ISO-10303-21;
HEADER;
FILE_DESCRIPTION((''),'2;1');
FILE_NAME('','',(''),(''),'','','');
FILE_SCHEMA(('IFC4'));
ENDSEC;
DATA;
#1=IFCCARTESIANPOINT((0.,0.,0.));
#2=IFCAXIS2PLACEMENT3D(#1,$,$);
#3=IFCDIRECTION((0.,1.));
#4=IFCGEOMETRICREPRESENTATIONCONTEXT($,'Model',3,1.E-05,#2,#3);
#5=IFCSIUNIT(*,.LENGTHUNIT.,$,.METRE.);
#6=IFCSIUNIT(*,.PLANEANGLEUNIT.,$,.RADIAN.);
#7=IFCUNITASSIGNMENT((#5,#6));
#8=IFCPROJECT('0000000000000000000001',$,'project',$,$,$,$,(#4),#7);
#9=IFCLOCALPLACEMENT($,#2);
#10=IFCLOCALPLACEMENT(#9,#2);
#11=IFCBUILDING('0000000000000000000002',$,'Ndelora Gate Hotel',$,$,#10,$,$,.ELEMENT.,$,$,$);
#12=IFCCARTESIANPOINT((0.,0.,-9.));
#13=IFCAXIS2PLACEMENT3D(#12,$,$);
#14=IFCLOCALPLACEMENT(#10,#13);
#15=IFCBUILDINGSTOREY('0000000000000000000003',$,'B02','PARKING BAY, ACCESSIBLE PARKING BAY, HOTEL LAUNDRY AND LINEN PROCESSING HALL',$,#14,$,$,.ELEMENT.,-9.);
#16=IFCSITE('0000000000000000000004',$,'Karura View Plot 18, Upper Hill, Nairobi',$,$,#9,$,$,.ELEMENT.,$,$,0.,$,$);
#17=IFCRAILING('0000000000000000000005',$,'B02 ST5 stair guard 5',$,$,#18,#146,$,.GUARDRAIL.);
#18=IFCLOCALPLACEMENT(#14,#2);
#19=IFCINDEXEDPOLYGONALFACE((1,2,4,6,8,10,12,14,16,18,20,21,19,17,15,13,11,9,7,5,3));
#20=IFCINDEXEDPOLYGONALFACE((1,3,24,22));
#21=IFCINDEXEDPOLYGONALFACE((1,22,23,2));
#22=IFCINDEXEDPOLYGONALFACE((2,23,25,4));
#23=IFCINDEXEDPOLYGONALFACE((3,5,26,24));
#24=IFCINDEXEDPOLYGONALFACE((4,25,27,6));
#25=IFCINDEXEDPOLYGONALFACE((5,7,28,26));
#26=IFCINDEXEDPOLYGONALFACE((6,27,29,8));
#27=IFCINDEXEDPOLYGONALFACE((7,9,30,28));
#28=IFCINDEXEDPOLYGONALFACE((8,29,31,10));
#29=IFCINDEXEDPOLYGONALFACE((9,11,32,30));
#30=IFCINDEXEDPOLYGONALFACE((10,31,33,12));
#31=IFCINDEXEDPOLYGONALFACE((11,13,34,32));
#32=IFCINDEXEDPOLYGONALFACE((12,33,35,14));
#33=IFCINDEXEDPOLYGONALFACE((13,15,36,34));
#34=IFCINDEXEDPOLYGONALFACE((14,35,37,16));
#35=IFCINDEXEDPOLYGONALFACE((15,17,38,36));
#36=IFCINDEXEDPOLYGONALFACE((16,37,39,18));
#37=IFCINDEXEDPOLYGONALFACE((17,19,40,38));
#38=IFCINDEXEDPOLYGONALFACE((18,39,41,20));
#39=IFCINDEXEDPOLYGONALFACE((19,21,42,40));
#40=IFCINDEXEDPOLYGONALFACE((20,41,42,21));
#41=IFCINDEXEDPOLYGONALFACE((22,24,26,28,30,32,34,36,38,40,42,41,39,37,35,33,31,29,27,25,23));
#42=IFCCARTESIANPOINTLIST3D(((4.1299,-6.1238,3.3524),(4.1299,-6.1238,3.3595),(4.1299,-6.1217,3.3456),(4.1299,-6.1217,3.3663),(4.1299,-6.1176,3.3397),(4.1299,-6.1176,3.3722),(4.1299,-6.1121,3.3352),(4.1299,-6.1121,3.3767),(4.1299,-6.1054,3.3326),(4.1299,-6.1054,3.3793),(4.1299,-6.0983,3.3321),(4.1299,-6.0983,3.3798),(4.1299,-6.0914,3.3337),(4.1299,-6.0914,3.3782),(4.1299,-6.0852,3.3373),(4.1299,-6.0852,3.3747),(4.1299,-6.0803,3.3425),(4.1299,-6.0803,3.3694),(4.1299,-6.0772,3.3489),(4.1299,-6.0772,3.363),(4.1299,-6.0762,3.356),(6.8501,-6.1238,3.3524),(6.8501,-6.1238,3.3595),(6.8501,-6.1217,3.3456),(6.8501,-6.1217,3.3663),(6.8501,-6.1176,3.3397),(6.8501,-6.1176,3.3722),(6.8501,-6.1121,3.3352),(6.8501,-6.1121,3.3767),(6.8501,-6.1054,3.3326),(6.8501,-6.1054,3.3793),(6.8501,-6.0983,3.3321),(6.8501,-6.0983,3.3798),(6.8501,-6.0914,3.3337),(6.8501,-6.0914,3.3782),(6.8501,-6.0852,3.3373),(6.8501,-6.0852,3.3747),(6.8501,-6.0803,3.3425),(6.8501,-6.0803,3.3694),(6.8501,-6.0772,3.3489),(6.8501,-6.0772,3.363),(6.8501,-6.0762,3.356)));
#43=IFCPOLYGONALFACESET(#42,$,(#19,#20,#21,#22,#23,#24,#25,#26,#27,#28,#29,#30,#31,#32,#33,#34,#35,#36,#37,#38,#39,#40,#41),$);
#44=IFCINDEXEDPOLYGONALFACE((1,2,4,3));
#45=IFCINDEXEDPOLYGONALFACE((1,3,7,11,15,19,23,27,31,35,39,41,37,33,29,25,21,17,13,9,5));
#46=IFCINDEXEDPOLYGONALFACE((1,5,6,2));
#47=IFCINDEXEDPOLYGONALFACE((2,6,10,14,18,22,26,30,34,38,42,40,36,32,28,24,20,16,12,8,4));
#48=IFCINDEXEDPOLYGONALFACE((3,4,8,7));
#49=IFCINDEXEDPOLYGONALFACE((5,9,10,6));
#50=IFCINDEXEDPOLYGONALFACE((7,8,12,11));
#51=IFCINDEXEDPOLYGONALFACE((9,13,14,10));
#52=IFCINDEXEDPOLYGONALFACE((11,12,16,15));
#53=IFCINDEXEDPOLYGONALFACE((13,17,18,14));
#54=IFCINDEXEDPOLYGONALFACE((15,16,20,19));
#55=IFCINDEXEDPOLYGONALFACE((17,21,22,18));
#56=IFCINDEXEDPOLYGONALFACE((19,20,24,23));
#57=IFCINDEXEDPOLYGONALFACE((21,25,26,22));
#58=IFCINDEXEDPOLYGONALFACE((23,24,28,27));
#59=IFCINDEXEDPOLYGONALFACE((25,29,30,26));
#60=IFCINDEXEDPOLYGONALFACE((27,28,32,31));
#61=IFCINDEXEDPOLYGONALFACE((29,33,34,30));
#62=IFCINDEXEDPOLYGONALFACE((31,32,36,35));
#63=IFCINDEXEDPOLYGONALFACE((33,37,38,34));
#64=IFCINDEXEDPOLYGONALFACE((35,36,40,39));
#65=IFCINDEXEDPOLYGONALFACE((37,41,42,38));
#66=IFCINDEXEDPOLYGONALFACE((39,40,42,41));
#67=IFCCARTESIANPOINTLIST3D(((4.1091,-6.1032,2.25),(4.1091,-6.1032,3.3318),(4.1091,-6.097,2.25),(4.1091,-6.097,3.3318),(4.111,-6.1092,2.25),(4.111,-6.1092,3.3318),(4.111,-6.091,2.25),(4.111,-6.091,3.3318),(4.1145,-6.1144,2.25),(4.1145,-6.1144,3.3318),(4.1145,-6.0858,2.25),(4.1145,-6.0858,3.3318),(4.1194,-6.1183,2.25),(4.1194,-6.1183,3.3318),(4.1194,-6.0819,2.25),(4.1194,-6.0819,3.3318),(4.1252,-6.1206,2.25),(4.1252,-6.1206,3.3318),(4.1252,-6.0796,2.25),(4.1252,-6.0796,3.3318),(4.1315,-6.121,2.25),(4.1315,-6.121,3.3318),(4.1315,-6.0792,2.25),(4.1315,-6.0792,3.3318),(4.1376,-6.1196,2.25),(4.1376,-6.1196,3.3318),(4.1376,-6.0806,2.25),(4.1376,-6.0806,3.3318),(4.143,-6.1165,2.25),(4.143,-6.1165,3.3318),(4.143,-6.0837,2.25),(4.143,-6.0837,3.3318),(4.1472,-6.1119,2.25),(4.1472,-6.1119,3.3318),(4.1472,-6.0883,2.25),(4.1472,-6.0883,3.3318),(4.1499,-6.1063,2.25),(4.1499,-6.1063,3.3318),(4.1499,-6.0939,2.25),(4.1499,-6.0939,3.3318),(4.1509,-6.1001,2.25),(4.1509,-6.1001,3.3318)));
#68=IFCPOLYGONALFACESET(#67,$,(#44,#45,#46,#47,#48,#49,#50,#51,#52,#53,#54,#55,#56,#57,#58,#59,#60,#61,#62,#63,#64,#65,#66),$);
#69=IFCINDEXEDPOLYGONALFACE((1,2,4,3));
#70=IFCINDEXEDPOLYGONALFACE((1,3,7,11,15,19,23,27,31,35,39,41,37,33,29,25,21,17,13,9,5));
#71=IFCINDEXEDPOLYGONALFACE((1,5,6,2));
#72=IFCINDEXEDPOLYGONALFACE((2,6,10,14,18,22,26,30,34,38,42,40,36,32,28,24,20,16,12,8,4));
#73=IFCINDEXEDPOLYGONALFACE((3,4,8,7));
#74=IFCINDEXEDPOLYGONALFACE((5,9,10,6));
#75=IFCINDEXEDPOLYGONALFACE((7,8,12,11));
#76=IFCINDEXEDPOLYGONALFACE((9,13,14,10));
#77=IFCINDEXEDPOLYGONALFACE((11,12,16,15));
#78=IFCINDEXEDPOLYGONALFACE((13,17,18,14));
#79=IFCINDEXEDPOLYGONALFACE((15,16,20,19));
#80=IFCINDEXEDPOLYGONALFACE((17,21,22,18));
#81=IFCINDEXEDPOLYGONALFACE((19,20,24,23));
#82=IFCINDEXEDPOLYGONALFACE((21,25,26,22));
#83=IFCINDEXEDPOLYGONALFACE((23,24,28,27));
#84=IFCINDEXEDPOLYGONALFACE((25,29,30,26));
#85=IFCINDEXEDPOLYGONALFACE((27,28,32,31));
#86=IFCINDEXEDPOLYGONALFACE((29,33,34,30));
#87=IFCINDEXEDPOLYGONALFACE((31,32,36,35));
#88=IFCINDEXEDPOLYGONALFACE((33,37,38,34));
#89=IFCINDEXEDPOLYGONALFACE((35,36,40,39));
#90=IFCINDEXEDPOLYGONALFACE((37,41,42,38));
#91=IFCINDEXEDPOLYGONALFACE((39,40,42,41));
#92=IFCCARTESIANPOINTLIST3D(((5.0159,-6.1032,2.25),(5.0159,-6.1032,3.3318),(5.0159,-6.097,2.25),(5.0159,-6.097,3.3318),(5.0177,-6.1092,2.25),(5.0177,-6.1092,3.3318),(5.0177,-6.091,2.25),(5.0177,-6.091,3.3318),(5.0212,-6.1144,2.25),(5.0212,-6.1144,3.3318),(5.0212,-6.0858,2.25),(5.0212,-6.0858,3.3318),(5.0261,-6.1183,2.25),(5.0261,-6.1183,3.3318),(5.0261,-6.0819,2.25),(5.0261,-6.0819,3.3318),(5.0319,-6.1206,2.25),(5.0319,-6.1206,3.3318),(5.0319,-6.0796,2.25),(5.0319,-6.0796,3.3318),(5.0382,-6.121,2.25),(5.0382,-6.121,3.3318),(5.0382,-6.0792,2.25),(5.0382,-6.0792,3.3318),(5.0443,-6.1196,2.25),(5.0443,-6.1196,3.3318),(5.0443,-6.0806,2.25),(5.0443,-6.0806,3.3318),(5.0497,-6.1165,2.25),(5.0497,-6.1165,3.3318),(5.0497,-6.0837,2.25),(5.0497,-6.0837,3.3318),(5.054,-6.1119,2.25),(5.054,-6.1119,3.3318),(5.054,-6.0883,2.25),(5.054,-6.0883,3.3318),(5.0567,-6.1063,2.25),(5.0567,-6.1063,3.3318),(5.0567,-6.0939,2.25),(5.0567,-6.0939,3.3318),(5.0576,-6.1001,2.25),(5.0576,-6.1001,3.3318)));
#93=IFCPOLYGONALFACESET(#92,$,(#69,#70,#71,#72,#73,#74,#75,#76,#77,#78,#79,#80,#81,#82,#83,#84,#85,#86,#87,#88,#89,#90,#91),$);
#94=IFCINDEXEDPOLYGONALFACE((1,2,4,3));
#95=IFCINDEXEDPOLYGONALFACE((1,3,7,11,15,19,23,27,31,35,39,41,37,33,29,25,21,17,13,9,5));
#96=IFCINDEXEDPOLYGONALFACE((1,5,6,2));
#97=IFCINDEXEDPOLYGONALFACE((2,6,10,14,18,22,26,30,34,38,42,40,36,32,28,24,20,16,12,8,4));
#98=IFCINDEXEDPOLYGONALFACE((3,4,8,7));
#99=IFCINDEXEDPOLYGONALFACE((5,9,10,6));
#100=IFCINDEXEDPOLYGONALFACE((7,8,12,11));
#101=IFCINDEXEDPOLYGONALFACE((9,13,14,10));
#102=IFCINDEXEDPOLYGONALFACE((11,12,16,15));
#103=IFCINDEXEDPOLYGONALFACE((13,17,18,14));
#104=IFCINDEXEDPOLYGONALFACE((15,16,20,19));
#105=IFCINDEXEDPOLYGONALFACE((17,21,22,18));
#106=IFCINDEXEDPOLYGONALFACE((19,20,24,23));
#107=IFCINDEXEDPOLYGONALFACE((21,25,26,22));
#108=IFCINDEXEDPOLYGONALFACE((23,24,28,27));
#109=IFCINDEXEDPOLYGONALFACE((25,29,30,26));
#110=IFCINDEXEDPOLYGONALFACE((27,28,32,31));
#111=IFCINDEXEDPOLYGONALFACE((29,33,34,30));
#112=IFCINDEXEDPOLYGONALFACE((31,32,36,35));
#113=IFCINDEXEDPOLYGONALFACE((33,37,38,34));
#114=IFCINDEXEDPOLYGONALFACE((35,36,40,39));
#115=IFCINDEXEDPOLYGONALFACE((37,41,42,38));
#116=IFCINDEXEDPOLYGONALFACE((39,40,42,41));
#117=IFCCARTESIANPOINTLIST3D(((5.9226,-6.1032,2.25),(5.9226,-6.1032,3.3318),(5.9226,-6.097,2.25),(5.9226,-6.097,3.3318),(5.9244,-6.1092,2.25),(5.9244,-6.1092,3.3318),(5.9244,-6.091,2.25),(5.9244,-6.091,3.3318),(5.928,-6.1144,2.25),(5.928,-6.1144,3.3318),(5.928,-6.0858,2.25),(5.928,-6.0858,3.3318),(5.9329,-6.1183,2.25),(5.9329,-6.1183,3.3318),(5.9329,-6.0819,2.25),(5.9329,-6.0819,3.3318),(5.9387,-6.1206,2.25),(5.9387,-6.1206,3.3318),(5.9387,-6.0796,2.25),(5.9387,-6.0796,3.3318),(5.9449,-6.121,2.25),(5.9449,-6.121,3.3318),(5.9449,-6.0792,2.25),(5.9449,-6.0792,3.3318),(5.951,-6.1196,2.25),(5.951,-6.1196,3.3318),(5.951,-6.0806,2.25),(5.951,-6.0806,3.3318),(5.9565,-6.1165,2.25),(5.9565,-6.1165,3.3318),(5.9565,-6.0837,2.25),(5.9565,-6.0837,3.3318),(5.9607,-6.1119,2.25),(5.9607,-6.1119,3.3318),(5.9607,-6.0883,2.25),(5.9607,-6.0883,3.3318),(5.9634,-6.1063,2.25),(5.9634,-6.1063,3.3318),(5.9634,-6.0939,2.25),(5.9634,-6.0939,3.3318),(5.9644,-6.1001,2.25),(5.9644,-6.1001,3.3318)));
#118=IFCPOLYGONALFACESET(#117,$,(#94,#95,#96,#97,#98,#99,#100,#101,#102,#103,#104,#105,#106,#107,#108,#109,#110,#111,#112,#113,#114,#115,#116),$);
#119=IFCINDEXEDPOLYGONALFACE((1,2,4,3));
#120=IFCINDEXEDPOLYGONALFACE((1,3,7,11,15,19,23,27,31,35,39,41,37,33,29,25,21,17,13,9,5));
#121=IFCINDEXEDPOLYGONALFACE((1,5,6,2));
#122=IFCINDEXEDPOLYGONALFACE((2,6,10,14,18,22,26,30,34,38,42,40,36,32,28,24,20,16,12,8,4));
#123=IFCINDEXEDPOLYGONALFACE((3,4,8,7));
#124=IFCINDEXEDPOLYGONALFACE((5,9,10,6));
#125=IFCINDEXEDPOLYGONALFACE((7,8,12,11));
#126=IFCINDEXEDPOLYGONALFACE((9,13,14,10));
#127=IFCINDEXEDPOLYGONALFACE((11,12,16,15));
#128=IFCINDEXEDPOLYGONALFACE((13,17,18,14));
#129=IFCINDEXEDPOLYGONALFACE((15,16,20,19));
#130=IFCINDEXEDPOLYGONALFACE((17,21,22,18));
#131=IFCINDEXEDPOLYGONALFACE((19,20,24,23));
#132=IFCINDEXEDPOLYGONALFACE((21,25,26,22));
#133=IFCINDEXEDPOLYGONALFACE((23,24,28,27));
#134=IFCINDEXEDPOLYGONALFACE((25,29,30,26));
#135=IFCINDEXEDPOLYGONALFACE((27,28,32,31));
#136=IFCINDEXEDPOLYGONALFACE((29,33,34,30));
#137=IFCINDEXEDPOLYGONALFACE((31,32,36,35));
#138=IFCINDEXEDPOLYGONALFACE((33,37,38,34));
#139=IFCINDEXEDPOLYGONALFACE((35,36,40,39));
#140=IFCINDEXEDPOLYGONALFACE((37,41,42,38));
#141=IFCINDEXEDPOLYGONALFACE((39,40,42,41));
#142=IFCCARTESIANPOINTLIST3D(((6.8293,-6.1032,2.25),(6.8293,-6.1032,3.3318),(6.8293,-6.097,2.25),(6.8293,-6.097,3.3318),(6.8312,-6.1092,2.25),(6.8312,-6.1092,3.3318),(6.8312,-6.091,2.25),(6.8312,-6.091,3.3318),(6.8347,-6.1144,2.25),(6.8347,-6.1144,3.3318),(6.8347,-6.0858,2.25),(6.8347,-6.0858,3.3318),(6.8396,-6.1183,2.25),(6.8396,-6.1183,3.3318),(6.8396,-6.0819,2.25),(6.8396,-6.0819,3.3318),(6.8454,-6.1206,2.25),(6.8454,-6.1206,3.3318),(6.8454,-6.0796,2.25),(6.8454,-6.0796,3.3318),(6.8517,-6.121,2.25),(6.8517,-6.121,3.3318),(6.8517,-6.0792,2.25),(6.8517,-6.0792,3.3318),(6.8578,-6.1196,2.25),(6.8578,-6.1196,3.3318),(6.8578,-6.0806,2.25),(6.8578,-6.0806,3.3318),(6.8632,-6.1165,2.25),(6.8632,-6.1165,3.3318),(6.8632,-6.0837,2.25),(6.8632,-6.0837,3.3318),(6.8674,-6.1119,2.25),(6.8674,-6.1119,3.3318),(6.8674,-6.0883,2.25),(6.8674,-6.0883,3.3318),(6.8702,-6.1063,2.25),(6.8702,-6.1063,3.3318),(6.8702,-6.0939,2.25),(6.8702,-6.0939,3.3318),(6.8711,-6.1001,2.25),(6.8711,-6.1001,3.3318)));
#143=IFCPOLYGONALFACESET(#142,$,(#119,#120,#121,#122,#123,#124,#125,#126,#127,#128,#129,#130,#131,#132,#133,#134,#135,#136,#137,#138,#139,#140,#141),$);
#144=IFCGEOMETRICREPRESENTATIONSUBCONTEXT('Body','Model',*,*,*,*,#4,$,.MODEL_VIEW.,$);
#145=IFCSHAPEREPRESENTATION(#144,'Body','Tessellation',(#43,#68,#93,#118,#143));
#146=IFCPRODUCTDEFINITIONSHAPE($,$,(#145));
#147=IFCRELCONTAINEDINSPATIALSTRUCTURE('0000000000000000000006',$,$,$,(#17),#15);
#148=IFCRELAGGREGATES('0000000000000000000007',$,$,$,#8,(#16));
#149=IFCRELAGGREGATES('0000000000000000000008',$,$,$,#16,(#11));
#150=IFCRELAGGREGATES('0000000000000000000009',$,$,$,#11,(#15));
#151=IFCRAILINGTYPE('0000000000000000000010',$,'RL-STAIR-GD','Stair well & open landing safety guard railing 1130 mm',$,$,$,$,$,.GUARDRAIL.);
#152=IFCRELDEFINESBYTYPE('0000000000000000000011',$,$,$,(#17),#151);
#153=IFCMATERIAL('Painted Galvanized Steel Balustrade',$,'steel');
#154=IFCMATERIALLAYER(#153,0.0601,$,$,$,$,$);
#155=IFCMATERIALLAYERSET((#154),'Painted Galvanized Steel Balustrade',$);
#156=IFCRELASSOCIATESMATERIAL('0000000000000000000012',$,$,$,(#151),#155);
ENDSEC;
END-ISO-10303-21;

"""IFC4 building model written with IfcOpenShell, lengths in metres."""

from ifc_helpers import new_model, si_unit, direction, frame, origin, origin_2d, place, context, subcontext, project, spatial, circle, extrude, material, layer, layer_set, type_object, element, save


model = new_model("IFC4")

# Units and contexts
model_context = context("Model", 3, precision=1e-05, world=origin(), true_north=direction((0.0, 1.0)))
body_context = subcontext(model_context, "Body", "Model", "MODEL_VIEW")
ifc_project = project(units=[si_unit("LENGTHUNIT", "METRE"), si_unit("PLANEANGLEUNIT", "RADIAN")], contexts=[model_context])

# Site, building, storey
site_placement = place(None, origin())
site = spatial("IfcSite", under=ifc_project, at=site_placement, Name="Karura View Plot 18, Upper Hill, Nairobi", CompositionType="ELEMENT", RefElevation=0.0)
building_placement = place(site_placement, origin())
building = spatial("IfcBuilding", under=site, at=building_placement, Name="Ndelora Gate Hotel", CompositionType="ELEMENT")
storey_placement = place(building_placement, frame((0.0, 0.0, -9.0)))
storey = spatial("IfcBuildingStorey", under=building, at=storey_placement, Name="B02", Description="PARKING BAY, ACCESSIBLE PARKING BAY, HOTEL LAUNDRY AND LINEN PROCESSING HALL", CompositionType="ELEMENT", Elevation=-9.0)

# Railing
ifc_material_1 = material(Name="Painted Galvanized Steel Balustrade", Category="steel")
ifc_layer_1 = layer(ifc_material_1, 0.0601)
ifc_layer_set_1 = layer_set([ifc_layer_1], Name="Painted Galvanized Steel Balustrade")
railing_type_1 = type_object("IfcRailingType", Name="RL-STAIR-GD", Description="Stair well & open landing safety guard railing 1130 mm", PredefinedType="GUARDRAIL", material=ifc_layer_set_1)
railing_1_placement = place(storey_placement, frame((4.1299, -6.1001, 2.25)))
element("IfcRailing", 1, at=railing_1_placement, inside=storey, type_object=railing_type_1, Name="B02 ST5 stair guard 5", PredefinedType="GUARDRAIL", context=body_context, shape_type="SweptSolid", body=[
    extrude(circle(Radius=0.0239, at=origin_2d()), frame((0.0, 0.0, 1.106), z_axis=(1.0, 0.0, 0.0), x_axis=(0.0, 1.0, 0.0)), (0.0, 0.0, 1.0), 2.7202),
    extrude(circle(Radius=0.021, at=origin_2d()), origin(), (0.0, 0.0, 1.0), 1.0818),
    extrude(circle(Radius=0.021, at=origin_2d()), frame((0.9067, 0.0, 0.0)), (0.0, 0.0, 1.0), 1.0818),
    extrude(circle(Radius=0.021, at=origin_2d()), frame((1.8135, 0.0, 0.0)), (0.0, 0.0, 1.0), 1.0818),
    extrude(circle(Radius=0.021, at=origin_2d()), frame((2.7202, 0.0, 0.0)), (0.0, 0.0, 1.0), 1.0818),
])

save(model, "model.ifc")
